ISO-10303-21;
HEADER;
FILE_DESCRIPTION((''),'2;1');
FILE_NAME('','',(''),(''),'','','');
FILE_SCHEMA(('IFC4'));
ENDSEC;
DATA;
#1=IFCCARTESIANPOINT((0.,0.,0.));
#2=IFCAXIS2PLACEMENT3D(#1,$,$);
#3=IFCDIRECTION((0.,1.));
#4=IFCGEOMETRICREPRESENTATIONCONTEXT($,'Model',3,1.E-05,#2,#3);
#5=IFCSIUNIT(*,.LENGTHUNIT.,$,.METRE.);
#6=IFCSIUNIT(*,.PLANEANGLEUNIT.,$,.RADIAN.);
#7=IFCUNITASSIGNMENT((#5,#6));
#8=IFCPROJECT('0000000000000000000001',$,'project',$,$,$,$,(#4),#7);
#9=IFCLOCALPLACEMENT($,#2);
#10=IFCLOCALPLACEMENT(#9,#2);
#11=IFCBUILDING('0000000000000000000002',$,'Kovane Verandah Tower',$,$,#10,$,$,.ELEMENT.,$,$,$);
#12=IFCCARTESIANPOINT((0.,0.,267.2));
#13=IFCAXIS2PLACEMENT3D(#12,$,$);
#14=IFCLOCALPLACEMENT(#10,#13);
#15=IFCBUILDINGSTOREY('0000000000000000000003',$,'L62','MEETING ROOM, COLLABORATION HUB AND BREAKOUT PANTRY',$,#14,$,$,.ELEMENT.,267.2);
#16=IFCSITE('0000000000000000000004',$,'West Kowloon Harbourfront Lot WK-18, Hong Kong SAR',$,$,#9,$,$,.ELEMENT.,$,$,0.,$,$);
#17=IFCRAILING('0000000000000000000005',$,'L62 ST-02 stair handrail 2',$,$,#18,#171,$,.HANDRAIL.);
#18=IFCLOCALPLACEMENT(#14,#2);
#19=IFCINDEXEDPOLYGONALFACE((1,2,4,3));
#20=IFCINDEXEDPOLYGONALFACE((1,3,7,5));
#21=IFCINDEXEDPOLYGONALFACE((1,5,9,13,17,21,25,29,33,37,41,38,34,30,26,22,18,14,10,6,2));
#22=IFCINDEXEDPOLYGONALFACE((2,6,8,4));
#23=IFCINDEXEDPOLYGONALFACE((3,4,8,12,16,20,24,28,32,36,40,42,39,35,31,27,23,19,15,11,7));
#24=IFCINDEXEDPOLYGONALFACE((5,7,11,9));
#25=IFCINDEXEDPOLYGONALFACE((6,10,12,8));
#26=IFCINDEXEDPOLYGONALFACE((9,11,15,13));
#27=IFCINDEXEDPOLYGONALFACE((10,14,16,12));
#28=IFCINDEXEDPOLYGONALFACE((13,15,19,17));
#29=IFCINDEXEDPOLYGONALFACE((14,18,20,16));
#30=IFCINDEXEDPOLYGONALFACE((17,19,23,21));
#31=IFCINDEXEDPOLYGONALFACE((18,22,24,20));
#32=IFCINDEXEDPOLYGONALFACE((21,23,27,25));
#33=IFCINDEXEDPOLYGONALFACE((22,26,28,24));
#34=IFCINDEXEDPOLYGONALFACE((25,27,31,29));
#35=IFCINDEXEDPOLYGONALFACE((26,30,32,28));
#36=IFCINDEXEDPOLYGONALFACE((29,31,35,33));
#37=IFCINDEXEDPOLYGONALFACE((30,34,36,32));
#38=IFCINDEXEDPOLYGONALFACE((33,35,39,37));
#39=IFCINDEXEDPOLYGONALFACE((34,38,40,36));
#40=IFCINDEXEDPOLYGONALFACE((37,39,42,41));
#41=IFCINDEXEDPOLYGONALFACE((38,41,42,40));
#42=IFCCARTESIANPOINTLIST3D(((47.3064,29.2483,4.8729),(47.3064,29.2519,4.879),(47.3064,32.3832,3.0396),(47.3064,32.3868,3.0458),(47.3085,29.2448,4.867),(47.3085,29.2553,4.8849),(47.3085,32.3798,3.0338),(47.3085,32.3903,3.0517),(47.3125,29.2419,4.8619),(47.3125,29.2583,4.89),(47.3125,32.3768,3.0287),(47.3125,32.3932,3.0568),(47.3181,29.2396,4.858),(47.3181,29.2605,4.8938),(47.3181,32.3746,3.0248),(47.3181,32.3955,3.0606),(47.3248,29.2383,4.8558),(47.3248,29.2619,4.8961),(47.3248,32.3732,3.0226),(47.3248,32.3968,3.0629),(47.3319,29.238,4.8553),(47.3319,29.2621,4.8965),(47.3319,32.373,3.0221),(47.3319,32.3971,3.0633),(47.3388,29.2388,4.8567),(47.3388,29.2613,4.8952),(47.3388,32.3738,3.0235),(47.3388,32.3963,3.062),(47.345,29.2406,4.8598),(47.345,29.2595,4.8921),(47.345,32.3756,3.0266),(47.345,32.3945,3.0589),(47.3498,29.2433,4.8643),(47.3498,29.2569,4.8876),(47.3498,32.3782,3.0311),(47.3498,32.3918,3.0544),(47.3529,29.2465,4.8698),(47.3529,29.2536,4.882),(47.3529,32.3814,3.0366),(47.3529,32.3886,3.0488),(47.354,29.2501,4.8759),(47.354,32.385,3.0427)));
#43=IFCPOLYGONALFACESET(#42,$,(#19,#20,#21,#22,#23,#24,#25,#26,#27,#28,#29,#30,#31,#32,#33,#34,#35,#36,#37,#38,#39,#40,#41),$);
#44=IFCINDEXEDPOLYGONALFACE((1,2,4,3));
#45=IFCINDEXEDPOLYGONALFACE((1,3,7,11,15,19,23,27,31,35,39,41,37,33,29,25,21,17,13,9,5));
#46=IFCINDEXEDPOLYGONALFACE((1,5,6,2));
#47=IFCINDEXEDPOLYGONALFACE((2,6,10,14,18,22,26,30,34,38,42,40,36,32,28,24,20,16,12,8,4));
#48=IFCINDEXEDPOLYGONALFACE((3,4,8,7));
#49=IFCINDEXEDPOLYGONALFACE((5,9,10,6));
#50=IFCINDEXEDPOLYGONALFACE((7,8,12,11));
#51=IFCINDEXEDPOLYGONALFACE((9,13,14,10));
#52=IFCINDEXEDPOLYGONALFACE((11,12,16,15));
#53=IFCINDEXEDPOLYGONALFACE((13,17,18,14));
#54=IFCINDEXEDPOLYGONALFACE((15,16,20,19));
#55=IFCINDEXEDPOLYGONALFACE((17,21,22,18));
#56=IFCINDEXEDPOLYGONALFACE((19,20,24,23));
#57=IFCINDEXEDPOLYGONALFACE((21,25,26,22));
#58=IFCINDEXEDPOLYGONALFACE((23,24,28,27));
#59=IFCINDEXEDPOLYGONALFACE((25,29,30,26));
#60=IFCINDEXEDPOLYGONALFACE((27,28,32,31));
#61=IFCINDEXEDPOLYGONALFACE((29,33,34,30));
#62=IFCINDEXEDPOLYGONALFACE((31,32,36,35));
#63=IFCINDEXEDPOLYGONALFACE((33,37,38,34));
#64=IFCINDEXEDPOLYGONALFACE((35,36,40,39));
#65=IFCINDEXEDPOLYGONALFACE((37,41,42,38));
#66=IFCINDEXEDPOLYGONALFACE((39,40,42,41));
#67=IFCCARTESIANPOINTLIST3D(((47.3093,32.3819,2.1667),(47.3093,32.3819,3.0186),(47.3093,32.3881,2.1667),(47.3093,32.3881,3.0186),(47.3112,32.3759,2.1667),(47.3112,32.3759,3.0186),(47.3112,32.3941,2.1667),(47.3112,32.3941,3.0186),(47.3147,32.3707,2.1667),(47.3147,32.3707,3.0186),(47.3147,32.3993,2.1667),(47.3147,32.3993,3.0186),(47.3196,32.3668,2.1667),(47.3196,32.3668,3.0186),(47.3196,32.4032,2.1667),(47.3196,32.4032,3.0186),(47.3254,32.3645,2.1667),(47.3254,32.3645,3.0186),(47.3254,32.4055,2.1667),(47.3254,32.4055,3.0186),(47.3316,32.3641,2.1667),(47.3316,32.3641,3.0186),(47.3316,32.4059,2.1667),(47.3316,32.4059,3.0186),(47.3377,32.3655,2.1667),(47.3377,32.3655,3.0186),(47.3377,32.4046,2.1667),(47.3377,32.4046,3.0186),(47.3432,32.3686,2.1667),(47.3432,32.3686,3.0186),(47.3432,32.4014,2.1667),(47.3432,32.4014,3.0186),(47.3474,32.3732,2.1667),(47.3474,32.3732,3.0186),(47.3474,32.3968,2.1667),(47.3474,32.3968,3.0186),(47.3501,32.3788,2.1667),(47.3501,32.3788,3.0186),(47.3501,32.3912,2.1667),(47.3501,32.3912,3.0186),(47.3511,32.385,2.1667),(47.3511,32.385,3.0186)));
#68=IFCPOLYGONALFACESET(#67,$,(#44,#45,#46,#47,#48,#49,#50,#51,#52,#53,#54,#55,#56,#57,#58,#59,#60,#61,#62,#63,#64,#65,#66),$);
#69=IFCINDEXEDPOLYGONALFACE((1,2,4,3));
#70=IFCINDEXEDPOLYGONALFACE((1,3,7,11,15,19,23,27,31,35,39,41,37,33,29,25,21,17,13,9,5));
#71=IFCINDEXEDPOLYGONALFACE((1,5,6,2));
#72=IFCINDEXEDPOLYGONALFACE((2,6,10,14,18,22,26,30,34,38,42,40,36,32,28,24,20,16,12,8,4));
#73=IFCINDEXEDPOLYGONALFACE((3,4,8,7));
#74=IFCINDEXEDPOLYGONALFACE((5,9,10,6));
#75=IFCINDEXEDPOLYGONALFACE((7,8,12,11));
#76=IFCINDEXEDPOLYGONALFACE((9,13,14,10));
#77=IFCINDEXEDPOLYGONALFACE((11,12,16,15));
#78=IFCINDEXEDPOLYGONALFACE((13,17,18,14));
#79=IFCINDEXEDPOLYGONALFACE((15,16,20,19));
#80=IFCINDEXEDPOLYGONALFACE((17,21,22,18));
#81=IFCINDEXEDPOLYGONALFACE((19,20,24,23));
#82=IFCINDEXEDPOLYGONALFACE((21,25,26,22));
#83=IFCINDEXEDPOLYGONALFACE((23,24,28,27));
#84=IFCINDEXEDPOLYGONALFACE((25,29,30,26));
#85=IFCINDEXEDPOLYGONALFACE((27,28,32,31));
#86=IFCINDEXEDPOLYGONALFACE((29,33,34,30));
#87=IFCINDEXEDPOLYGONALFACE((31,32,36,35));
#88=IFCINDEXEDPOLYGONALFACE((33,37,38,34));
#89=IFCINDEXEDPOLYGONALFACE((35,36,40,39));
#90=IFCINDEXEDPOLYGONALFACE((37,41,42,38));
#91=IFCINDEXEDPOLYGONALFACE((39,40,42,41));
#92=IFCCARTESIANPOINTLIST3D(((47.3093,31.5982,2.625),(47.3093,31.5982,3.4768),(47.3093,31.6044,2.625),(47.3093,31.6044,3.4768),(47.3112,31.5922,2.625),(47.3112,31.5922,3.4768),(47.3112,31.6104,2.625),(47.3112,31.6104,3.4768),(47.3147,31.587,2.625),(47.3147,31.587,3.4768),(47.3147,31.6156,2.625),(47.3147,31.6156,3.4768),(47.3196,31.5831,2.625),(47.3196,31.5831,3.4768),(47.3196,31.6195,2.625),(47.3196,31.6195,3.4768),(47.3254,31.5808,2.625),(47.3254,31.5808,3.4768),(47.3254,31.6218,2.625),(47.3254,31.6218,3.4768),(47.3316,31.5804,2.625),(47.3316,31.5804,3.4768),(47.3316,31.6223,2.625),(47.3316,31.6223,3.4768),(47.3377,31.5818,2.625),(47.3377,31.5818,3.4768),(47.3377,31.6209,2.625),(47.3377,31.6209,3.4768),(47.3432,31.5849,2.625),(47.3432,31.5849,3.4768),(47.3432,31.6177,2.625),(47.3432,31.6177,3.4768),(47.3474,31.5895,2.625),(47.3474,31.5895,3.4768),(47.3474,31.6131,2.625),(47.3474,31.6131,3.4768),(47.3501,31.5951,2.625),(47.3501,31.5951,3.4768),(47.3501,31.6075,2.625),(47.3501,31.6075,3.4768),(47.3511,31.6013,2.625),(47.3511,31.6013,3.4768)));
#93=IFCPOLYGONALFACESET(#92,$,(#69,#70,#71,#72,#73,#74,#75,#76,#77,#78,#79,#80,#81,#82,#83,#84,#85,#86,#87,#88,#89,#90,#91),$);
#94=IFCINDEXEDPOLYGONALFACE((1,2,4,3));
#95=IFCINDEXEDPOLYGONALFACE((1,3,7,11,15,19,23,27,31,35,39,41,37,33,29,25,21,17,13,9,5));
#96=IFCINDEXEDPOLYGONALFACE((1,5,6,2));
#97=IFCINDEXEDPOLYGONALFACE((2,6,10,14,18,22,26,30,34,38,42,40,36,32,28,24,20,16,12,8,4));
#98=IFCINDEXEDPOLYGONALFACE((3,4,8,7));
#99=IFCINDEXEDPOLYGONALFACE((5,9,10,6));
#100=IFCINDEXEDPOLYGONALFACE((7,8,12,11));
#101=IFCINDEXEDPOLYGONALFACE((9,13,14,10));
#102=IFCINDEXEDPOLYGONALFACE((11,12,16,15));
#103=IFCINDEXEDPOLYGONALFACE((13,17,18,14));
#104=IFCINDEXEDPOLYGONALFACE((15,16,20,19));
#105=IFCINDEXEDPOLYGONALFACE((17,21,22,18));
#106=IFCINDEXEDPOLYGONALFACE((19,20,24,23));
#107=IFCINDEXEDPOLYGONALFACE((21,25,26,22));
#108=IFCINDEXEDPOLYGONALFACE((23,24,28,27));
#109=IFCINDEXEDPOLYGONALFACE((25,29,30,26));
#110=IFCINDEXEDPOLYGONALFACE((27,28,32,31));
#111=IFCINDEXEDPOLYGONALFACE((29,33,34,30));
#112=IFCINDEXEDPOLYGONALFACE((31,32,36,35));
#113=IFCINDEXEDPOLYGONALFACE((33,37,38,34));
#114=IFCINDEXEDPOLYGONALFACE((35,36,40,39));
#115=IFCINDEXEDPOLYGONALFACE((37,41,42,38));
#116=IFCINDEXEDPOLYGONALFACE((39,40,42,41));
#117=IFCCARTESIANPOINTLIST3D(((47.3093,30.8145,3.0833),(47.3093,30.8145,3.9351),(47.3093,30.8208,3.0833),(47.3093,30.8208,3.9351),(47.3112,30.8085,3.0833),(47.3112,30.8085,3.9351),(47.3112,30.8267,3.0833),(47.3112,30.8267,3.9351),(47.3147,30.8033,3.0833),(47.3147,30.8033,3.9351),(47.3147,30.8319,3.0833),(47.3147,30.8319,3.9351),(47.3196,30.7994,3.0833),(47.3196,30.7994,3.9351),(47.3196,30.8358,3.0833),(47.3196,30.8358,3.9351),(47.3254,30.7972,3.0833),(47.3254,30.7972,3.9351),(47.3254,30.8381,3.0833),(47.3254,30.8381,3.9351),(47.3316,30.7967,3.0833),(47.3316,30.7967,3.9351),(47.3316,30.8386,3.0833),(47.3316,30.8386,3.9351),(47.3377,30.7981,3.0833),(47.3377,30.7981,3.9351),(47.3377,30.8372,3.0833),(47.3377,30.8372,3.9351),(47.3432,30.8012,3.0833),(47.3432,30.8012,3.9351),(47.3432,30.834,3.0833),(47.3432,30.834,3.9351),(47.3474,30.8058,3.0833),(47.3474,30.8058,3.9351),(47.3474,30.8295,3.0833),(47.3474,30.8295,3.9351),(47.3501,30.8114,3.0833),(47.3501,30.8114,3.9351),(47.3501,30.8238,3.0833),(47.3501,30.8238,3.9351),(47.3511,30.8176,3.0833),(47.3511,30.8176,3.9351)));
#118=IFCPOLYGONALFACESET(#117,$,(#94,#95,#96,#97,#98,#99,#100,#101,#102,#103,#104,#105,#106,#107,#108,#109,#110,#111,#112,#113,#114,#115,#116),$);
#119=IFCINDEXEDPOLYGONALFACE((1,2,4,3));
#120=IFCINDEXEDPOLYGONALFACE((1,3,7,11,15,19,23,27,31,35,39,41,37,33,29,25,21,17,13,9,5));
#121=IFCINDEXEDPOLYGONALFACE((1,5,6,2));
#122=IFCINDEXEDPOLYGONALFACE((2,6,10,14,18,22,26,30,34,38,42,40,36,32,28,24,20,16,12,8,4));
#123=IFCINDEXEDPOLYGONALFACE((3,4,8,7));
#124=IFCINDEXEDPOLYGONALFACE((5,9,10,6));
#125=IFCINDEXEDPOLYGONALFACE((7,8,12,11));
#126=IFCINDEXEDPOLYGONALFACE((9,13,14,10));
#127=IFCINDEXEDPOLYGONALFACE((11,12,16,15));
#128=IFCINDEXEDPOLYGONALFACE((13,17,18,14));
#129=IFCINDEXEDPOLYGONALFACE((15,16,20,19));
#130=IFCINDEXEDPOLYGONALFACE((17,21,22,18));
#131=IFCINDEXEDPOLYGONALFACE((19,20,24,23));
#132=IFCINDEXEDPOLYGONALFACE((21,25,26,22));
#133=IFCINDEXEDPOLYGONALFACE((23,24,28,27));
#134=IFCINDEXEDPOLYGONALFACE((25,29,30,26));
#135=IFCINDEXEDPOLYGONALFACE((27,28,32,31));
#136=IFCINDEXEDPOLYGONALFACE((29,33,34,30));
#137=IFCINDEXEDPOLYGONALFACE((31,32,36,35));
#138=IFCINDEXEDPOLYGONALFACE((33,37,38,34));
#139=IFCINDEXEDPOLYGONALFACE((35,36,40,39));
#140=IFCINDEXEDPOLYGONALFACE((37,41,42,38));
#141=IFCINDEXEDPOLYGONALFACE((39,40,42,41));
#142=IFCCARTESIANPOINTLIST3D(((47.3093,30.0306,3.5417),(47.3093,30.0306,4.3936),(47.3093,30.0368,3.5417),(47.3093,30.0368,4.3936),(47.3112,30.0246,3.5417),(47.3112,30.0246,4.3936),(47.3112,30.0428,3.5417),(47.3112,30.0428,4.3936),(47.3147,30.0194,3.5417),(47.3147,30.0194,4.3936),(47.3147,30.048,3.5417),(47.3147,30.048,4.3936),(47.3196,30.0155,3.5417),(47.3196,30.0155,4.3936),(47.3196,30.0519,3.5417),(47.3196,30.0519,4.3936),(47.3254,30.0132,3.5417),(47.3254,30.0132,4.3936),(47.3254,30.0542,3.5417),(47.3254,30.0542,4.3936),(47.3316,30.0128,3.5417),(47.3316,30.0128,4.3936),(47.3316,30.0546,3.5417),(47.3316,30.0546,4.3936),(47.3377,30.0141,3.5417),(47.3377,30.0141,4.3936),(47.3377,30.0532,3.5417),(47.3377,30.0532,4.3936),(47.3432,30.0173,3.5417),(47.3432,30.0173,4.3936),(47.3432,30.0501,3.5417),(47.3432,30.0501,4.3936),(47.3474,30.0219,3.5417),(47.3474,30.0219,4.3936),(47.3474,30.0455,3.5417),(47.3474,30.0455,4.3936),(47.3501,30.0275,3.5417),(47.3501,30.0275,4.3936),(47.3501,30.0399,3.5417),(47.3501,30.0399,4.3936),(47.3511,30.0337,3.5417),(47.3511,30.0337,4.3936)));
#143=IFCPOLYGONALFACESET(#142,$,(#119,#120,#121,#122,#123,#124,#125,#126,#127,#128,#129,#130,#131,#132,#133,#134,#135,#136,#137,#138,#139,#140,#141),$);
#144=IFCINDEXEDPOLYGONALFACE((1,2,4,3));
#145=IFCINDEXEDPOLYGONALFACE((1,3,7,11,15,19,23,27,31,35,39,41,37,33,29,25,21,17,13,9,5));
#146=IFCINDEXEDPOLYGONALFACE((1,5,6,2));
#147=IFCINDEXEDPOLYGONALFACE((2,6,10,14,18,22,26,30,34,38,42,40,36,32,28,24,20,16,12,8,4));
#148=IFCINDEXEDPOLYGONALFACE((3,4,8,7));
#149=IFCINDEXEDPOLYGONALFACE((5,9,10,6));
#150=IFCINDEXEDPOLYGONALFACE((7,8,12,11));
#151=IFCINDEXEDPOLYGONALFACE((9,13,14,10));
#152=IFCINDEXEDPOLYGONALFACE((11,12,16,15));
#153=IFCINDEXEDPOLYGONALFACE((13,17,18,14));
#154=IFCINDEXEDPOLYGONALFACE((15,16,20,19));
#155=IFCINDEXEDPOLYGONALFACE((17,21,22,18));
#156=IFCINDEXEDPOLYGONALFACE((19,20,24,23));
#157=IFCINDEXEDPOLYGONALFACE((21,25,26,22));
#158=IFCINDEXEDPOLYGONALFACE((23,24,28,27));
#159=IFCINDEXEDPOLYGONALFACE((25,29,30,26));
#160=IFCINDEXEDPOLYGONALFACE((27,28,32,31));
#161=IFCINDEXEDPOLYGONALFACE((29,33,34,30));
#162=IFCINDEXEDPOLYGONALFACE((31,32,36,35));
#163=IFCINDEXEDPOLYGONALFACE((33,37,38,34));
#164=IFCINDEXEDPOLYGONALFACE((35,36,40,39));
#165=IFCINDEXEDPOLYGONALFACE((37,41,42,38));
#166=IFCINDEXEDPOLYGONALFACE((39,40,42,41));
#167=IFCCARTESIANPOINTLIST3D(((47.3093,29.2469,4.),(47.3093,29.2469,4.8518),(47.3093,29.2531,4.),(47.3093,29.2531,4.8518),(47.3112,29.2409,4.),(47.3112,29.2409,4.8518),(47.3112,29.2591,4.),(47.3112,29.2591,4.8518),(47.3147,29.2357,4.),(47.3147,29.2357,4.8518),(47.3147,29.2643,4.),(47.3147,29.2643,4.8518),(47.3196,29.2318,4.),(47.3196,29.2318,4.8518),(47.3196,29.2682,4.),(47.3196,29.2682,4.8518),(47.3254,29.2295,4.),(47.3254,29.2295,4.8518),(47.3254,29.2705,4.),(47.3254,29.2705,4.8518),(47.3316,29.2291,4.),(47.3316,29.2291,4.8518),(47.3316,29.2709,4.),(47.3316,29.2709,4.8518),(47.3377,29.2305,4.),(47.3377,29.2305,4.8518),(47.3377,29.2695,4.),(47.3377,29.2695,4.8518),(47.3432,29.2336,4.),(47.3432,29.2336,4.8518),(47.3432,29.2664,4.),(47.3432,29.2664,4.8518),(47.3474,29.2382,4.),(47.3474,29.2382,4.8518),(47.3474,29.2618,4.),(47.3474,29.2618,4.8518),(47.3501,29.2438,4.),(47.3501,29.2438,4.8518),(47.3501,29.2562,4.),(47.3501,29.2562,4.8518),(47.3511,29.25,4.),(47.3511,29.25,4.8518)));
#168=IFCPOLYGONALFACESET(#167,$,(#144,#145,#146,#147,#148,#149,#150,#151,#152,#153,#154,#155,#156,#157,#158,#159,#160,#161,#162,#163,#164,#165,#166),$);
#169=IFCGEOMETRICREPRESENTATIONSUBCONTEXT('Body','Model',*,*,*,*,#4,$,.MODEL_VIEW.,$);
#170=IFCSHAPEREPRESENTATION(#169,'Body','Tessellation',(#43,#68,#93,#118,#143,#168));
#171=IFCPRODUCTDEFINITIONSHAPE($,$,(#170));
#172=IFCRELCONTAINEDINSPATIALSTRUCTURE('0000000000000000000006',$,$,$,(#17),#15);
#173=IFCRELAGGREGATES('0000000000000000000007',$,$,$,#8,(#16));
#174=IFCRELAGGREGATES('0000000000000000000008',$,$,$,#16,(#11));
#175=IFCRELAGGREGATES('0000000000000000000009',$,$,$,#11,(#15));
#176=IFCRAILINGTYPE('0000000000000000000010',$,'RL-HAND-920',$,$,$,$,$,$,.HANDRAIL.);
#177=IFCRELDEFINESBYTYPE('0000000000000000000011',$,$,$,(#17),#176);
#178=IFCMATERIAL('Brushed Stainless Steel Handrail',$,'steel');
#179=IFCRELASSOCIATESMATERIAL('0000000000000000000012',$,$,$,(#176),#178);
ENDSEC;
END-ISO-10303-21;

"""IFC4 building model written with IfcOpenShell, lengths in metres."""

from ifc_helpers import new_model, si_unit, direction, frame, origin, origin_2d, place, context, subcontext, project, spatial, circle, extrude, material, type_object, element, save


model = new_model("IFC4")

# Units and contexts
model_context = context("Model", 3, precision=1e-05, world=origin(), true_north=direction((0.0, 1.0)))
body_context = subcontext(model_context, "Body", "Model", "MODEL_VIEW")
ifc_project = project(units=[si_unit("LENGTHUNIT", "METRE"), si_unit("PLANEANGLEUNIT", "RADIAN")], contexts=[model_context])

# Site, building, storey
site_placement = place(None, origin())
site = spatial("IfcSite", under=ifc_project, at=site_placement, Name="West Kowloon Harbourfront Lot WK-18, Hong Kong SAR", CompositionType="ELEMENT", RefElevation=0.0)
building_placement = place(site_placement, origin())
building = spatial("IfcBuilding", under=site, at=building_placement, Name="Kovane Verandah Tower", CompositionType="ELEMENT")
storey_placement = place(building_placement, frame((0.0, 0.0, 267.2)))
storey = spatial("IfcBuildingStorey", under=building, at=storey_placement, Name="L62", Description="MEETING ROOM, COLLABORATION HUB AND BREAKOUT PANTRY", CompositionType="ELEMENT", Elevation=267.2)

# Railing
ifc_material_1 = material(Name="Brushed Stainless Steel Handrail", Category="steel")
railing_type_1 = type_object("IfcRailingType", Name="RL-HAND-920", PredefinedType="HANDRAIL", material=ifc_material_1)
railing_1_placement = place(storey_placement, frame((47.3301, 32.385, 2.1667)))
element("IfcRailing", 1, at=railing_1_placement, inside=storey, type_object=railing_type_1, Name="L62 ST-02 stair handrail 2", PredefinedType="HANDRAIL", context=body_context, shape_type="SweptSolid", body=[
    extrude(circle(Radius=0.0239, at=origin_2d()), frame((0.0, 0.0, 0.876), z_axis=(0.0, -0.86324, 0.504794), x_axis=(1.0, 0.0, 0.0)), (0.0, 0.0, 1.0), 3.6316),
    extrude(circle(Radius=0.021, at=origin_2d()), origin(), (0.0, 0.0, 1.0), 0.8518),
    extrude(circle(Radius=0.021, at=origin_2d()), frame((0.0, -0.7837, 0.4583)), (0.0, 0.0, 1.0), 0.8518),
    extrude(circle(Radius=0.021, at=origin_2d()), frame((0.0, -1.5674, 0.9165)), (0.0, 0.0, 1.0), 0.8518),
    extrude(circle(Radius=0.021, at=origin_2d()), frame((0.0, -2.3513, 1.375)), (0.0, 0.0, 1.0), 0.8518),
    extrude(circle(Radius=0.021, at=origin_2d()), frame((0.0, -3.135, 1.8333)), (0.0, 0.0, 1.0), 0.8518),
])

save(model, "model.ifc")
